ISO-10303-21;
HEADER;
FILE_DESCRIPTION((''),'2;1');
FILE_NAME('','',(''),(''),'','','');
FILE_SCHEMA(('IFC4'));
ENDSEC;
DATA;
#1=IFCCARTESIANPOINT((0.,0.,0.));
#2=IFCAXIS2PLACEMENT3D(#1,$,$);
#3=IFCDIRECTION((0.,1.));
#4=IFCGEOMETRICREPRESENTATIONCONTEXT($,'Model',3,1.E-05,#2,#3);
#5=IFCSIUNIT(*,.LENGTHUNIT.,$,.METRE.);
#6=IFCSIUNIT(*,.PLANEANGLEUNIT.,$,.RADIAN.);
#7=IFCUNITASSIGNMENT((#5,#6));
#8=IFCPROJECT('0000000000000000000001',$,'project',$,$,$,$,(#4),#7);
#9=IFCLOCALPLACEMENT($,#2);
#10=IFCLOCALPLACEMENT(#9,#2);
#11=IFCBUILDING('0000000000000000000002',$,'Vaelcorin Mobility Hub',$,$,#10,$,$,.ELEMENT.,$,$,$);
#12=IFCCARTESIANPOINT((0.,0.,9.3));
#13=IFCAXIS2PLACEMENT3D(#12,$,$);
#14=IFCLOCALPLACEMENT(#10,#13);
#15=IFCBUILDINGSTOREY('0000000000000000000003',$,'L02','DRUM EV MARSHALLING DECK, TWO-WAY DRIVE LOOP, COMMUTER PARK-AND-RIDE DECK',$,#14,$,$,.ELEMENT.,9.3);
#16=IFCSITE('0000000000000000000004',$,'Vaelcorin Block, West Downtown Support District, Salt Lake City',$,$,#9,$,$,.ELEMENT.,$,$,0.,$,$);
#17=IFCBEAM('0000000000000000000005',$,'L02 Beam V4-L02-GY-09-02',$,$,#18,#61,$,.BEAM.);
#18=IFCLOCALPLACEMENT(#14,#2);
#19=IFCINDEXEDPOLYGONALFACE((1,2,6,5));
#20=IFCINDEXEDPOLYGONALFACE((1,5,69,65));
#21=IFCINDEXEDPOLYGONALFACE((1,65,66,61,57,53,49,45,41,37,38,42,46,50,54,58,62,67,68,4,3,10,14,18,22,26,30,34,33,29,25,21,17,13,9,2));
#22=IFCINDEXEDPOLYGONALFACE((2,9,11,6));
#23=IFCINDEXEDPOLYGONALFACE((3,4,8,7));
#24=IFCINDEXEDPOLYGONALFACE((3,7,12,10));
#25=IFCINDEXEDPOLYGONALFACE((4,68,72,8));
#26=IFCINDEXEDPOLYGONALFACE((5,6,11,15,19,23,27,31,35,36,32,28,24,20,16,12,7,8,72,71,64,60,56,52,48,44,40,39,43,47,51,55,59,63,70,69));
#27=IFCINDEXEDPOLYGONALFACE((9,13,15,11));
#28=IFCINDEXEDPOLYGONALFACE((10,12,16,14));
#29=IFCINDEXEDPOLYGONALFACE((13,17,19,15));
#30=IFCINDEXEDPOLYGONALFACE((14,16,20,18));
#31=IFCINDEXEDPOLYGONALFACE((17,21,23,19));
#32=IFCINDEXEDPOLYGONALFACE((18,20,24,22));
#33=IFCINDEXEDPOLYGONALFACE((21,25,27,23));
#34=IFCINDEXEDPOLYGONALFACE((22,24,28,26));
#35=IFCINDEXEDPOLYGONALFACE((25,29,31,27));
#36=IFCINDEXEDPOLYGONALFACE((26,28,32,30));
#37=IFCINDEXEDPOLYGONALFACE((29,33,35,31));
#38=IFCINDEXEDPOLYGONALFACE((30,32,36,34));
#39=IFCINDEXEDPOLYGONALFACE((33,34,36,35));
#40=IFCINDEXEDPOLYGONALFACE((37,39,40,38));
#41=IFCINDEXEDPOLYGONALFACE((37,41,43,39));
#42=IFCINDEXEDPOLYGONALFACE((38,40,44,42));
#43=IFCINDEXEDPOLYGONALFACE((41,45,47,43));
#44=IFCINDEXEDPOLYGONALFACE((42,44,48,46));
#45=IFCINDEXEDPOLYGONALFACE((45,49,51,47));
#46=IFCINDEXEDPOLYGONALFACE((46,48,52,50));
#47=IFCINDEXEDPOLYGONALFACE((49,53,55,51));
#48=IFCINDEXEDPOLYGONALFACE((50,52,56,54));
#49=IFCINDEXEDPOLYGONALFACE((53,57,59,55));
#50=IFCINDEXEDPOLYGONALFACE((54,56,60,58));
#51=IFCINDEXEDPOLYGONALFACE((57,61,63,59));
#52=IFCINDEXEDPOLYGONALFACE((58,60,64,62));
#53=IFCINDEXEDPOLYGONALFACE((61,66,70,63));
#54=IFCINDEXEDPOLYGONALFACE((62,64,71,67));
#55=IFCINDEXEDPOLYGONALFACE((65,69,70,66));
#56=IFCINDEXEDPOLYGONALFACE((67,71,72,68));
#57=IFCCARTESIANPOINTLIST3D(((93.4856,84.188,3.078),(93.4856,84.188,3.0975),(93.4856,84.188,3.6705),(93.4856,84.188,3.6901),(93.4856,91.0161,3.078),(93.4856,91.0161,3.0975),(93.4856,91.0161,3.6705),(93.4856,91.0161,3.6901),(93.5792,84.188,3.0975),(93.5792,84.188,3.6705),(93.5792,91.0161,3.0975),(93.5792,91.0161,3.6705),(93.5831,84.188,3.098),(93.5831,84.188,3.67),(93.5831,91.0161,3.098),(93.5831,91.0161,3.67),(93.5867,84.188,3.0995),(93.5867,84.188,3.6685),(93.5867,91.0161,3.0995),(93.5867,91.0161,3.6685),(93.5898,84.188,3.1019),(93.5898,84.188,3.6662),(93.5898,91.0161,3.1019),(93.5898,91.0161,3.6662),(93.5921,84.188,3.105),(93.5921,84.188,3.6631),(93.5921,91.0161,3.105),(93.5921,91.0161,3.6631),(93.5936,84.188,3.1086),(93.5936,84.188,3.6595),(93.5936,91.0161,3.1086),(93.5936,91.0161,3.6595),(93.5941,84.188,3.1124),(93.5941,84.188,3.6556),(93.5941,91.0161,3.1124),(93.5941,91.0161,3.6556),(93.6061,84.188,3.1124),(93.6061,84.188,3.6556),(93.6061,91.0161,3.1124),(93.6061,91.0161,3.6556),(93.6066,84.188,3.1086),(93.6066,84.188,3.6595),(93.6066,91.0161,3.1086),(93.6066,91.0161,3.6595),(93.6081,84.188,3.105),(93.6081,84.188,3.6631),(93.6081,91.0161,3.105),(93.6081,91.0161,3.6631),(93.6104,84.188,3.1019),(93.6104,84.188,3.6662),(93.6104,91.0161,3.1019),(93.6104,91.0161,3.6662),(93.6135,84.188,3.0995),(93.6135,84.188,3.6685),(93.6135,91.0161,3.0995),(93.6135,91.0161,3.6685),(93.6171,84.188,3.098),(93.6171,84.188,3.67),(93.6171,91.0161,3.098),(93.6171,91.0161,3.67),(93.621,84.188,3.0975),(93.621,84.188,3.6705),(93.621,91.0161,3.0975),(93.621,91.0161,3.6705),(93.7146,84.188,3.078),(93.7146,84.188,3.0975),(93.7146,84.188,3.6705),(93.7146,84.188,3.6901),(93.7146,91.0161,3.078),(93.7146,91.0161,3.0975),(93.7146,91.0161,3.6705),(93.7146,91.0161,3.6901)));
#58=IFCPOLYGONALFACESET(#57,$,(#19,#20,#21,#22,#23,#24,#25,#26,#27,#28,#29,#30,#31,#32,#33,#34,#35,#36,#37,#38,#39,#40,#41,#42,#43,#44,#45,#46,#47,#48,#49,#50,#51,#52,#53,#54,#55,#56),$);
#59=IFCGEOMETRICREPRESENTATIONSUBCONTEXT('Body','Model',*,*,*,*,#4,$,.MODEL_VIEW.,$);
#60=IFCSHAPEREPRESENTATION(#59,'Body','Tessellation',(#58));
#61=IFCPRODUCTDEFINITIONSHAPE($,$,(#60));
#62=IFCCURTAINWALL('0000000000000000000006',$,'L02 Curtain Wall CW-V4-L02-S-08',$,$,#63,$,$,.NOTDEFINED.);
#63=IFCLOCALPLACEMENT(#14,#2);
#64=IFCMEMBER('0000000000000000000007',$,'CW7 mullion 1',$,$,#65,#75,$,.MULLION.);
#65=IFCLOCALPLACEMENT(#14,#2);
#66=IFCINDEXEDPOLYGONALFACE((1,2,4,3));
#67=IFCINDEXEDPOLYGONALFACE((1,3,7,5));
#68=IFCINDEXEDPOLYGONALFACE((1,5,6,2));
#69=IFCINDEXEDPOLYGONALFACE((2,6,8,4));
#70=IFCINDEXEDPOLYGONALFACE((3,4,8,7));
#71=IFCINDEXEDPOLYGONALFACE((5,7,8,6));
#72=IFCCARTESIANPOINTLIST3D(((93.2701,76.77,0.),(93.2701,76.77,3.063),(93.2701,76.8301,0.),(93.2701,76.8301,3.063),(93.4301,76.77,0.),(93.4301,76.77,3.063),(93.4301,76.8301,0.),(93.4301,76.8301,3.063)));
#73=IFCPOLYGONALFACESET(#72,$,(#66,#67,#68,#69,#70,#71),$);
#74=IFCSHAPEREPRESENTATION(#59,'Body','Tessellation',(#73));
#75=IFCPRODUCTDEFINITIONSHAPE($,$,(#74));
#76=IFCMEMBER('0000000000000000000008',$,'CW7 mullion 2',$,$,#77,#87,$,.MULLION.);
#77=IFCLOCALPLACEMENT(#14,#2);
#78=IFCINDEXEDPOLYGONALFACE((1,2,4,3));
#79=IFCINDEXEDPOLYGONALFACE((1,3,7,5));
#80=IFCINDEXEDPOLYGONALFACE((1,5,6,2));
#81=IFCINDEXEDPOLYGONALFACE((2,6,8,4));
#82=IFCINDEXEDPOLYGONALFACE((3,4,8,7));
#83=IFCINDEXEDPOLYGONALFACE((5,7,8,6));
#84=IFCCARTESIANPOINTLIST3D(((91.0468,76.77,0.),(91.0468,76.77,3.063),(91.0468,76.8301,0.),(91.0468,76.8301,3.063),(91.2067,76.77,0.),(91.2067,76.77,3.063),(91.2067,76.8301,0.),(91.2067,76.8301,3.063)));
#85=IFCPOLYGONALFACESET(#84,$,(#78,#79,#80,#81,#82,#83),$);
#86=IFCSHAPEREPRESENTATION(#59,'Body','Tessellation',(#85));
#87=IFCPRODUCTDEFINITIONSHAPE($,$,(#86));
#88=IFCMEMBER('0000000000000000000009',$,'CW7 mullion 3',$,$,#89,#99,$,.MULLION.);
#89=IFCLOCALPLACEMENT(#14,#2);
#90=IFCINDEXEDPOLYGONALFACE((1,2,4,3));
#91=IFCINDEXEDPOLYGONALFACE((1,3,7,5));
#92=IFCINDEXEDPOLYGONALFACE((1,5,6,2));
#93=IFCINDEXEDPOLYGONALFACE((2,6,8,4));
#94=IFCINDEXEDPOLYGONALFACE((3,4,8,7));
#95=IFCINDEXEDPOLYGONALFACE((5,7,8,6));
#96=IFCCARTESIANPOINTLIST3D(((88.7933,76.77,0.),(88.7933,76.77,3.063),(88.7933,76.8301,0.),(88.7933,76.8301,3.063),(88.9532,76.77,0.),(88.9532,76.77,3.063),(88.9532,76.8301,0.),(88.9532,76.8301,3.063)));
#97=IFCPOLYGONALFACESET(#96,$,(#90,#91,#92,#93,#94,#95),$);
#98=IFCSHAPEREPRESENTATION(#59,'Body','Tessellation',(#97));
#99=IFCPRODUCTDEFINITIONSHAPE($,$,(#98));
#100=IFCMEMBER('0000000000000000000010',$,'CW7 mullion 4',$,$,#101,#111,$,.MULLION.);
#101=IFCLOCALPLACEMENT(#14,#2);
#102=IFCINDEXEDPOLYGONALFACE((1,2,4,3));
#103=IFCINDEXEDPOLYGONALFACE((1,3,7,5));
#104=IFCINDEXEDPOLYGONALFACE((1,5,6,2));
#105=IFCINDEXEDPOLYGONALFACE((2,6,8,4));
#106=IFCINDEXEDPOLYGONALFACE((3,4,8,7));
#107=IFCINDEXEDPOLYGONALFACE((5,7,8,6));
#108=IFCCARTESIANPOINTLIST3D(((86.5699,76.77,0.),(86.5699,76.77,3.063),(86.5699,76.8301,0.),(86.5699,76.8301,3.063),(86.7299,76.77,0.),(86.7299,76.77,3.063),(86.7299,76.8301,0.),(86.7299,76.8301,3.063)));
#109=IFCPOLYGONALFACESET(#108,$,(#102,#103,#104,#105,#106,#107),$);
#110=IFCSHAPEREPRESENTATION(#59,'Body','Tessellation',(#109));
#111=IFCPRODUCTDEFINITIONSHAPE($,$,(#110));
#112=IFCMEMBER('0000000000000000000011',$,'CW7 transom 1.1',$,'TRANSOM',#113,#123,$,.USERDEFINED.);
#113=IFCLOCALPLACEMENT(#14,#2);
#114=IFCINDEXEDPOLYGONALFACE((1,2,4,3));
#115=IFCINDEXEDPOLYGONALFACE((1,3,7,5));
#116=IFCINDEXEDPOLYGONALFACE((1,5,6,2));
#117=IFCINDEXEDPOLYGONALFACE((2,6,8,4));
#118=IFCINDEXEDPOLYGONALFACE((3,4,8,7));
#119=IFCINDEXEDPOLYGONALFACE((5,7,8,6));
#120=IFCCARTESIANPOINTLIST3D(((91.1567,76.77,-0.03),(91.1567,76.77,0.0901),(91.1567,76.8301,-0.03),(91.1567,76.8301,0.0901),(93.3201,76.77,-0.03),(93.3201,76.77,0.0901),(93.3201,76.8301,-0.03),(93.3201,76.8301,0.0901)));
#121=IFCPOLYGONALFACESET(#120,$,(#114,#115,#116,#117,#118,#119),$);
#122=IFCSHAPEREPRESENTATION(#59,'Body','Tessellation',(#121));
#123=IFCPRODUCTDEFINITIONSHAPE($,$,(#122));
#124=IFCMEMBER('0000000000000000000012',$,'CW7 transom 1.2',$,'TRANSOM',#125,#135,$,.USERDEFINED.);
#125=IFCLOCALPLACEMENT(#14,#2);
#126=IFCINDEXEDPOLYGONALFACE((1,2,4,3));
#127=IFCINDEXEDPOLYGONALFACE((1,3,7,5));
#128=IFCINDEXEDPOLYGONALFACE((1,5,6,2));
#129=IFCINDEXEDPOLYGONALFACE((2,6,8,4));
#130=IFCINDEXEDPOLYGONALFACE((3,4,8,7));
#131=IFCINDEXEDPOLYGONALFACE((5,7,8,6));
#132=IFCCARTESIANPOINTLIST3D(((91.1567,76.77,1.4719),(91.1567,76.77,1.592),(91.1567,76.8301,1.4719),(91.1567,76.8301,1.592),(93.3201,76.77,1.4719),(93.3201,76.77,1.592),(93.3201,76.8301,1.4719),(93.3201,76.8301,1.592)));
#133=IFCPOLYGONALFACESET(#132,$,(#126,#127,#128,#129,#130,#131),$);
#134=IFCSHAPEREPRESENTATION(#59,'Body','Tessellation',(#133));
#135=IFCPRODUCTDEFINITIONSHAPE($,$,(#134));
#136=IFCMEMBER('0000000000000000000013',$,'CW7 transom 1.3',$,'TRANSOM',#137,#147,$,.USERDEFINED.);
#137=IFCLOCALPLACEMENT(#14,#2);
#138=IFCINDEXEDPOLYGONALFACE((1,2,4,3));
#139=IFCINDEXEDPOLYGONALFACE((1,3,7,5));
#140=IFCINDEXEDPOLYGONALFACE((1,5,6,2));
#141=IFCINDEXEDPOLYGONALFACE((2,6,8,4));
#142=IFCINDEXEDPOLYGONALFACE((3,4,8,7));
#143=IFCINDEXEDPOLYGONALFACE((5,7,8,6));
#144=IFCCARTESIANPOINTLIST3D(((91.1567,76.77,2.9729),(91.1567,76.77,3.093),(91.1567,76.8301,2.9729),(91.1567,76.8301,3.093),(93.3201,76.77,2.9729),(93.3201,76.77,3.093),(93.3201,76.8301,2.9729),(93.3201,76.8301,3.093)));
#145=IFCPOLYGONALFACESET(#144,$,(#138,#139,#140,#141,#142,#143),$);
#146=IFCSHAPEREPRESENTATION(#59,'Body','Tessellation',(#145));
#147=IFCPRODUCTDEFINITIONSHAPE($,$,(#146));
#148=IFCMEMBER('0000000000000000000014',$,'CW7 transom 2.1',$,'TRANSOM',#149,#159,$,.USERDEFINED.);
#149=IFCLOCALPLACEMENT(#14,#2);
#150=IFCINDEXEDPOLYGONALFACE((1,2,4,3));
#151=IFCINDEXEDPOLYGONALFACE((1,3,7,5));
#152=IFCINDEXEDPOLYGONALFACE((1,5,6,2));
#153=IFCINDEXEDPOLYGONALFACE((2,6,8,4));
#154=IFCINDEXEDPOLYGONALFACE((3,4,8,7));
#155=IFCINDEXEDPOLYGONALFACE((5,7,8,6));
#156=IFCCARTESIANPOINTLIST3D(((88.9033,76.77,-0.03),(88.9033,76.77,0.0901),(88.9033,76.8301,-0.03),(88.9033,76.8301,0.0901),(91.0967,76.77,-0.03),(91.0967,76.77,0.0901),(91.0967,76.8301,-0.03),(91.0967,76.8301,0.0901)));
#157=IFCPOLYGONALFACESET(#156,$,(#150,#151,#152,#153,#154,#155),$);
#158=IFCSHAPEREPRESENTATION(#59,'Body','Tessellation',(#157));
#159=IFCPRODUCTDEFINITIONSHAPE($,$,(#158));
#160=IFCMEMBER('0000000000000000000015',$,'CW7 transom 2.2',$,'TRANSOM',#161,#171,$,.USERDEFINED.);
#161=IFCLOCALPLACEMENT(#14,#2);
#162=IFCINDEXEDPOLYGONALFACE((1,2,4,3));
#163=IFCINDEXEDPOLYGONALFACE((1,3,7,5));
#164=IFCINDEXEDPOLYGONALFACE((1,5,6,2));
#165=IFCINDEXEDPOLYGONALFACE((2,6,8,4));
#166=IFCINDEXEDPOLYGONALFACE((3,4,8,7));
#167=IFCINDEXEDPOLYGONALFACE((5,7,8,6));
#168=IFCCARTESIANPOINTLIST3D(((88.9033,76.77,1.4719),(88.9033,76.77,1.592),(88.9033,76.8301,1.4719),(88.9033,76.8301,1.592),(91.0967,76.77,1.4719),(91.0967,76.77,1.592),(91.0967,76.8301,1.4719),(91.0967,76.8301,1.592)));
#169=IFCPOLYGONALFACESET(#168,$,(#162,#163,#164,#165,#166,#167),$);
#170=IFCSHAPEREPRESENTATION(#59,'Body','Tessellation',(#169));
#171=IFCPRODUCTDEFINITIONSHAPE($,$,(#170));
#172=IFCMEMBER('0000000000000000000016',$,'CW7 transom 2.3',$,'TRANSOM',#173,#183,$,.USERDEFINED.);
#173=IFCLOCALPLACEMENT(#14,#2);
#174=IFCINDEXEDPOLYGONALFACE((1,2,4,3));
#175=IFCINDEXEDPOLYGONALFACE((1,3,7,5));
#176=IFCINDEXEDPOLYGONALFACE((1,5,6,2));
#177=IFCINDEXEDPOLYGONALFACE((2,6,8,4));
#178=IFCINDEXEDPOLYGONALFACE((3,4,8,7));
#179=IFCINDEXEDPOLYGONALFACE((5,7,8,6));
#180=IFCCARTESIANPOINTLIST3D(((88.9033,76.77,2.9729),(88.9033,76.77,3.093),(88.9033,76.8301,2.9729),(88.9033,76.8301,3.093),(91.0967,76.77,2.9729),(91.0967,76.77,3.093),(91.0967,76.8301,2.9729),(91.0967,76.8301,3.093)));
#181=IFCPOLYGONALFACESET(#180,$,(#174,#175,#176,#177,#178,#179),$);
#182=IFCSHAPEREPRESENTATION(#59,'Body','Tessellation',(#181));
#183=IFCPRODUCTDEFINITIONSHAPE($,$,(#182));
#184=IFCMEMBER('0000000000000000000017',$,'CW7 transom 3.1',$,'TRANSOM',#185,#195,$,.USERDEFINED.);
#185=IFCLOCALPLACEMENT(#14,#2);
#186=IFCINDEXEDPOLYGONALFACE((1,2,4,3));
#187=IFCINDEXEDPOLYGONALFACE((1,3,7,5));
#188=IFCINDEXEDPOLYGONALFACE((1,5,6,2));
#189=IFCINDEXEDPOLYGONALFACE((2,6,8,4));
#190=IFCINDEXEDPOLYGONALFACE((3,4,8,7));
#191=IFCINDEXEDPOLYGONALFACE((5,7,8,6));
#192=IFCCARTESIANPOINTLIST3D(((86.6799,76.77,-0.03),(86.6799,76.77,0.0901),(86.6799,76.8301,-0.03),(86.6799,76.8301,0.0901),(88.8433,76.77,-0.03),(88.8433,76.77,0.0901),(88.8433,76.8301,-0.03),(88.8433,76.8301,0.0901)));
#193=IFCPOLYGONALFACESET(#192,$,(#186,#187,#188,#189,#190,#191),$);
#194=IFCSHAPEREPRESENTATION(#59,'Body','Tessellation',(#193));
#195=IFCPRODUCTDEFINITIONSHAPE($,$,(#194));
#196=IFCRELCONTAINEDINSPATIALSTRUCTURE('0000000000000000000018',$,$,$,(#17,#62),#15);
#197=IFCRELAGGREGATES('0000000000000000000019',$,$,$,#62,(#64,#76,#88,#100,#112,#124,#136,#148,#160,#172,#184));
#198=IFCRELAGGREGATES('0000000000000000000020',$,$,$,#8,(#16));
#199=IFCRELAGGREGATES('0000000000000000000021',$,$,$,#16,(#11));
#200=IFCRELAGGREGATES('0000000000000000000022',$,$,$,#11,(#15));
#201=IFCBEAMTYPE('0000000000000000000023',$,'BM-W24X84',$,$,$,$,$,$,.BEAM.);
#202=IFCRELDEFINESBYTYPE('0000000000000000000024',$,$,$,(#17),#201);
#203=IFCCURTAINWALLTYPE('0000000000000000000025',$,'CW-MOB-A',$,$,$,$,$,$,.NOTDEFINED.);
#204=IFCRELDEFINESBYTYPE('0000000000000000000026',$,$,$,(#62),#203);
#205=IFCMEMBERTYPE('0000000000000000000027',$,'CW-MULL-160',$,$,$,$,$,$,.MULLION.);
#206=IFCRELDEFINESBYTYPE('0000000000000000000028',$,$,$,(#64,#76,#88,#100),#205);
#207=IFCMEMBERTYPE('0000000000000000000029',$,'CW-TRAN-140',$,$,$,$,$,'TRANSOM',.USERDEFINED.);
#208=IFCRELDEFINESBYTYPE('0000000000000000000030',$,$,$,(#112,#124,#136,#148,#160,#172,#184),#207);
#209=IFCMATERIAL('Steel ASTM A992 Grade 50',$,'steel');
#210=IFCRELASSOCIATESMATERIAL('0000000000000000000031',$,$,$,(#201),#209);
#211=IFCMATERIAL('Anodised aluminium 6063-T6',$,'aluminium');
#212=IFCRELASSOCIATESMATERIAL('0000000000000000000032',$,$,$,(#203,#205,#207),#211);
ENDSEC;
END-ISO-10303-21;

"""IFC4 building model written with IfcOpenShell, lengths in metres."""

from ifc_helpers import new_model, si_unit, direction, frame, origin, origin_2d, place, context, subcontext, project, spatial, rectangle, i_section, extrude, material, material_profile, profile_set, type_object, element, aggregate, save


model = new_model("IFC4")

# Units and contexts
model_context = context("Model", 3, precision=1e-05, world=origin(), true_north=direction((0.0, 1.0)))
body_context = subcontext(model_context, "Body", "Model", "MODEL_VIEW")
ifc_project = project(units=[si_unit("LENGTHUNIT", "METRE"), si_unit("PLANEANGLEUNIT", "RADIAN")], contexts=[model_context])

# Site, building, storey
site_placement = place(None, origin())
site = spatial("IfcSite", under=ifc_project, at=site_placement, Name="Vaelcorin Block, West Downtown Support District, Salt Lake City", CompositionType="ELEMENT", RefElevation=0.0)
building_placement = place(site_placement, origin())
building = spatial("IfcBuilding", under=site, at=building_placement, Name="Vaelcorin Mobility Hub", CompositionType="ELEMENT")
storey_placement = place(building_placement, frame((0.0, 0.0, 9.3)))
storey = spatial("IfcBuildingStorey", under=building, at=storey_placement, Name="L02", Description="DRUM EV MARSHALLING DECK, TWO-WAY DRIVE LOOP, COMMUTER PARK-AND-RIDE DECK", CompositionType="ELEMENT", Elevation=9.3)

# Shared definitions
ifc_material_1 = material(Name="Steel ASTM A992 Grade 50", Category="steel")

# Beam
ifc_material_profile_1 = material_profile(ifc_material_1, i_section(OverallWidth=0.229, OverallDepth=0.6121, WebThickness=0.012, FlangeThickness=0.0195, FilletRadius=0.0149, at=origin_2d()), Name="W24X84")
ifc_profile_set_1 = profile_set([ifc_material_profile_1], Name="Steel ASTM A992 Grade 50")
beam_type_1 = type_object("IfcBeamType", Name="BM-W24X84", PredefinedType="BEAM", material=ifc_profile_set_1)
for number, where, z_axis, x_axis, name in (
    (1, (93.6001, 84.188, 3.384), (0.0, 1.0, 0.0), (-1.0, 0.0, 0.0), "L02 Beam V4-L02-GY-09-02"),
):
    element("IfcBeam", number, at=place(storey_placement, frame(where, z_axis=z_axis, x_axis=x_axis)), inside=storey, type_object=beam_type_1, Name=name, PredefinedType="BEAM", context=body_context, shape_type="SweptSolid", body=[
        extrude(i_section(OverallWidth=0.229, OverallDepth=0.6121, WebThickness=0.012, FlangeThickness=0.0195, FilletRadius=0.0149, at=origin_2d()), origin(), (0.0, 0.0, 1.0), 6.8281),
    ])

# Curtain wall, members
ifc_material_2 = material(Name="Anodised aluminium 6063-T6", Category="aluminium")
curtain_wall_type = type_object("IfcCurtainWallType", Name="CW-MOB-A", PredefinedType="NOTDEFINED", material=ifc_material_2)
curtain_wall_placement = place(storey_placement, origin())
curtain_wall = element("IfcCurtainWall", 2, at=curtain_wall_placement, inside=storey, type_object=curtain_wall_type, Name="L02 Curtain Wall CW-V4-L02-S-08", PredefinedType="NOTDEFINED")
ifc_material_profile_2 = material_profile(ifc_material_2, rectangle(XDim=0.0601, YDim=0.1599, at=origin_2d()), Name="ALU-M60X160")
ifc_profile_set_2 = profile_set([ifc_material_profile_2], Name="Anodised aluminium 6063-T6")
member_type_1 = type_object("IfcMemberType", Name="CW-MULL-160", PredefinedType="MULLION", material=ifc_profile_set_2)
member_1_placement = place(storey_placement, frame((93.3501, 76.8, 0.0), z_axis=(0.0, 0.0, 1.0), x_axis=(0.0, -1.0, 0.0)))
member_1 = element("IfcMember", 3, at=member_1_placement, type_object=member_type_1, Name="CW7 mullion 1", PredefinedType="MULLION", context=body_context, shape_type="SweptSolid", body=[
    extrude(rectangle(XDim=0.0601, YDim=0.1599, at=origin_2d()), origin(), (0.0, 0.0, 1.0), 3.063),
])
member_2_placement = place(storey_placement, frame((91.1267, 76.8, 0.0), z_axis=(0.0, 0.0, 1.0), x_axis=(0.0, -1.0, 0.0)))
member_2 = element("IfcMember", 4, at=member_2_placement, type_object=member_type_1, Name="CW7 mullion 2", PredefinedType="MULLION", context=body_context, shape_type="SweptSolid", body=[
    extrude(rectangle(XDim=0.0601, YDim=0.1599, at=origin_2d()), origin(), (0.0, 0.0, 1.0), 3.063),
])
member_3_placement = place(storey_placement, frame((88.8733, 76.8, 0.0), z_axis=(0.0, 0.0, 1.0), x_axis=(0.0, -1.0, 0.0)))
member_3 = element("IfcMember", 5, at=member_3_placement, type_object=member_type_1, Name="CW7 mullion 3", PredefinedType="MULLION", context=body_context, shape_type="SweptSolid", body=[
    extrude(rectangle(XDim=0.0601, YDim=0.1599, at=origin_2d()), origin(), (0.0, 0.0, 1.0), 3.063),
])
member_4_placement = place(storey_placement, frame((86.6499, 76.8, 0.0), z_axis=(0.0, 0.0, 1.0), x_axis=(0.0, -1.0, 0.0)))
member_4 = element("IfcMember", 6, at=member_4_placement, type_object=member_type_1, Name="CW7 mullion 4", PredefinedType="MULLION", context=body_context, shape_type="SweptSolid", body=[
    extrude(rectangle(XDim=0.0601, YDim=0.1599, at=origin_2d()), origin(), (0.0, 0.0, 1.0), 3.063),
])
ifc_material_profile_3 = material_profile(ifc_material_2, rectangle(XDim=0.0601, YDim=0.1201, at=origin_2d()), Name="ALU-T60X120")
ifc_profile_set_3 = profile_set([ifc_material_profile_3], Name="Anodised aluminium 6063-T6")
member_type_2 = type_object("IfcMemberType", Name="CW-TRAN-140", ElementType="TRANSOM", PredefinedType="USERDEFINED", material=ifc_profile_set_3)
member_5_placement = place(storey_placement, frame((93.3201, 76.8, 0.03), z_axis=(-1.0, 0.0, 0.0), x_axis=(0.0, -1.0, 0.0)))
member_5 = element("IfcMember", 7, at=member_5_placement, type_object=member_type_2, Name="CW7 transom 1.1", ObjectType="TRANSOM", PredefinedType="USERDEFINED", context=body_context, shape_type="SweptSolid", body=[
    extrude(rectangle(XDim=0.0601, YDim=0.1201, at=origin_2d()), origin(), (0.0, 0.0, 1.0), 2.1633),
])
member_6_placement = place(storey_placement, frame((93.3201, 76.8, 1.532), z_axis=(-1.0, 0.0, 0.0), x_axis=(0.0, -1.0, 0.0)))
member_6 = element("IfcMember", 8, at=member_6_placement, type_object=member_type_2, Name="CW7 transom 1.2", ObjectType="TRANSOM", PredefinedType="USERDEFINED", context=body_context, shape_type="SweptSolid", body=[
    extrude(rectangle(XDim=0.0601, YDim=0.1201, at=origin_2d()), origin(), (0.0, 0.0, 1.0), 2.1633),
])
member_7_placement = place(storey_placement, frame((93.3201, 76.8, 3.033), z_axis=(-1.0, 0.0, 0.0), x_axis=(0.0, -1.0, 0.0)))
member_7 = element("IfcMember", 9, at=member_7_placement, type_object=member_type_2, Name="CW7 transom 1.3", ObjectType="TRANSOM", PredefinedType="USERDEFINED", context=body_context, shape_type="SweptSolid", body=[
    extrude(rectangle(XDim=0.0601, YDim=0.1201, at=origin_2d()), origin(), (0.0, 0.0, 1.0), 2.1633),
])
member_8_placement = place(storey_placement, frame((91.0967, 76.8, 0.03), z_axis=(-1.0, 0.0, 0.0), x_axis=(0.0, -1.0, 0.0)))
member_8 = element("IfcMember", 10, at=member_8_placement, type_object=member_type_2, Name="CW7 transom 2.1", ObjectType="TRANSOM", PredefinedType="USERDEFINED", context=body_context, shape_type="SweptSolid", body=[
    extrude(rectangle(XDim=0.0601, YDim=0.1201, at=origin_2d()), origin(), (0.0, 0.0, 1.0), 2.1934),
])
member_9_placement = place(storey_placement, frame((91.0967, 76.8, 1.532), z_axis=(-1.0, 0.0, 0.0), x_axis=(0.0, -1.0, 0.0)))
member_9 = element("IfcMember", 11, at=member_9_placement, type_object=member_type_2, Name="CW7 transom 2.2", ObjectType="TRANSOM", PredefinedType="USERDEFINED", context=body_context, shape_type="SweptSolid", body=[
    extrude(rectangle(XDim=0.0601, YDim=0.1201, at=origin_2d()), origin(), (0.0, 0.0, 1.0), 2.1934),
])
member_10_placement = place(storey_placement, frame((91.0967, 76.8, 3.033), z_axis=(-1.0, 0.0, 0.0), x_axis=(0.0, -1.0, 0.0)))
member_10 = element("IfcMember", 12, at=member_10_placement, type_object=member_type_2, Name="CW7 transom 2.3", ObjectType="TRANSOM", PredefinedType="USERDEFINED", context=body_context, shape_type="SweptSolid", body=[
    extrude(rectangle(XDim=0.0601, YDim=0.1201, at=origin_2d()), origin(), (0.0, 0.0, 1.0), 2.1934),
])
member_11_placement = place(storey_placement, frame((88.8433, 76.8, 0.03), z_axis=(-1.0, 0.0, 0.0), x_axis=(0.0, -1.0, 0.0)))
member_11 = element("IfcMember", 13, at=member_11_placement, type_object=member_type_2, Name="CW7 transom 3.1", ObjectType="TRANSOM", PredefinedType="USERDEFINED", context=body_context, shape_type="SweptSolid", body=[
    extrude(rectangle(XDim=0.0601, YDim=0.1201, at=origin_2d()), origin(), (0.0, 0.0, 1.0), 2.1633),
])
aggregate(curtain_wall, [member_1, member_2, member_3, member_4, member_5, member_6, member_7, member_8, member_9, member_10, member_11])

save(model, "model.ifc")
